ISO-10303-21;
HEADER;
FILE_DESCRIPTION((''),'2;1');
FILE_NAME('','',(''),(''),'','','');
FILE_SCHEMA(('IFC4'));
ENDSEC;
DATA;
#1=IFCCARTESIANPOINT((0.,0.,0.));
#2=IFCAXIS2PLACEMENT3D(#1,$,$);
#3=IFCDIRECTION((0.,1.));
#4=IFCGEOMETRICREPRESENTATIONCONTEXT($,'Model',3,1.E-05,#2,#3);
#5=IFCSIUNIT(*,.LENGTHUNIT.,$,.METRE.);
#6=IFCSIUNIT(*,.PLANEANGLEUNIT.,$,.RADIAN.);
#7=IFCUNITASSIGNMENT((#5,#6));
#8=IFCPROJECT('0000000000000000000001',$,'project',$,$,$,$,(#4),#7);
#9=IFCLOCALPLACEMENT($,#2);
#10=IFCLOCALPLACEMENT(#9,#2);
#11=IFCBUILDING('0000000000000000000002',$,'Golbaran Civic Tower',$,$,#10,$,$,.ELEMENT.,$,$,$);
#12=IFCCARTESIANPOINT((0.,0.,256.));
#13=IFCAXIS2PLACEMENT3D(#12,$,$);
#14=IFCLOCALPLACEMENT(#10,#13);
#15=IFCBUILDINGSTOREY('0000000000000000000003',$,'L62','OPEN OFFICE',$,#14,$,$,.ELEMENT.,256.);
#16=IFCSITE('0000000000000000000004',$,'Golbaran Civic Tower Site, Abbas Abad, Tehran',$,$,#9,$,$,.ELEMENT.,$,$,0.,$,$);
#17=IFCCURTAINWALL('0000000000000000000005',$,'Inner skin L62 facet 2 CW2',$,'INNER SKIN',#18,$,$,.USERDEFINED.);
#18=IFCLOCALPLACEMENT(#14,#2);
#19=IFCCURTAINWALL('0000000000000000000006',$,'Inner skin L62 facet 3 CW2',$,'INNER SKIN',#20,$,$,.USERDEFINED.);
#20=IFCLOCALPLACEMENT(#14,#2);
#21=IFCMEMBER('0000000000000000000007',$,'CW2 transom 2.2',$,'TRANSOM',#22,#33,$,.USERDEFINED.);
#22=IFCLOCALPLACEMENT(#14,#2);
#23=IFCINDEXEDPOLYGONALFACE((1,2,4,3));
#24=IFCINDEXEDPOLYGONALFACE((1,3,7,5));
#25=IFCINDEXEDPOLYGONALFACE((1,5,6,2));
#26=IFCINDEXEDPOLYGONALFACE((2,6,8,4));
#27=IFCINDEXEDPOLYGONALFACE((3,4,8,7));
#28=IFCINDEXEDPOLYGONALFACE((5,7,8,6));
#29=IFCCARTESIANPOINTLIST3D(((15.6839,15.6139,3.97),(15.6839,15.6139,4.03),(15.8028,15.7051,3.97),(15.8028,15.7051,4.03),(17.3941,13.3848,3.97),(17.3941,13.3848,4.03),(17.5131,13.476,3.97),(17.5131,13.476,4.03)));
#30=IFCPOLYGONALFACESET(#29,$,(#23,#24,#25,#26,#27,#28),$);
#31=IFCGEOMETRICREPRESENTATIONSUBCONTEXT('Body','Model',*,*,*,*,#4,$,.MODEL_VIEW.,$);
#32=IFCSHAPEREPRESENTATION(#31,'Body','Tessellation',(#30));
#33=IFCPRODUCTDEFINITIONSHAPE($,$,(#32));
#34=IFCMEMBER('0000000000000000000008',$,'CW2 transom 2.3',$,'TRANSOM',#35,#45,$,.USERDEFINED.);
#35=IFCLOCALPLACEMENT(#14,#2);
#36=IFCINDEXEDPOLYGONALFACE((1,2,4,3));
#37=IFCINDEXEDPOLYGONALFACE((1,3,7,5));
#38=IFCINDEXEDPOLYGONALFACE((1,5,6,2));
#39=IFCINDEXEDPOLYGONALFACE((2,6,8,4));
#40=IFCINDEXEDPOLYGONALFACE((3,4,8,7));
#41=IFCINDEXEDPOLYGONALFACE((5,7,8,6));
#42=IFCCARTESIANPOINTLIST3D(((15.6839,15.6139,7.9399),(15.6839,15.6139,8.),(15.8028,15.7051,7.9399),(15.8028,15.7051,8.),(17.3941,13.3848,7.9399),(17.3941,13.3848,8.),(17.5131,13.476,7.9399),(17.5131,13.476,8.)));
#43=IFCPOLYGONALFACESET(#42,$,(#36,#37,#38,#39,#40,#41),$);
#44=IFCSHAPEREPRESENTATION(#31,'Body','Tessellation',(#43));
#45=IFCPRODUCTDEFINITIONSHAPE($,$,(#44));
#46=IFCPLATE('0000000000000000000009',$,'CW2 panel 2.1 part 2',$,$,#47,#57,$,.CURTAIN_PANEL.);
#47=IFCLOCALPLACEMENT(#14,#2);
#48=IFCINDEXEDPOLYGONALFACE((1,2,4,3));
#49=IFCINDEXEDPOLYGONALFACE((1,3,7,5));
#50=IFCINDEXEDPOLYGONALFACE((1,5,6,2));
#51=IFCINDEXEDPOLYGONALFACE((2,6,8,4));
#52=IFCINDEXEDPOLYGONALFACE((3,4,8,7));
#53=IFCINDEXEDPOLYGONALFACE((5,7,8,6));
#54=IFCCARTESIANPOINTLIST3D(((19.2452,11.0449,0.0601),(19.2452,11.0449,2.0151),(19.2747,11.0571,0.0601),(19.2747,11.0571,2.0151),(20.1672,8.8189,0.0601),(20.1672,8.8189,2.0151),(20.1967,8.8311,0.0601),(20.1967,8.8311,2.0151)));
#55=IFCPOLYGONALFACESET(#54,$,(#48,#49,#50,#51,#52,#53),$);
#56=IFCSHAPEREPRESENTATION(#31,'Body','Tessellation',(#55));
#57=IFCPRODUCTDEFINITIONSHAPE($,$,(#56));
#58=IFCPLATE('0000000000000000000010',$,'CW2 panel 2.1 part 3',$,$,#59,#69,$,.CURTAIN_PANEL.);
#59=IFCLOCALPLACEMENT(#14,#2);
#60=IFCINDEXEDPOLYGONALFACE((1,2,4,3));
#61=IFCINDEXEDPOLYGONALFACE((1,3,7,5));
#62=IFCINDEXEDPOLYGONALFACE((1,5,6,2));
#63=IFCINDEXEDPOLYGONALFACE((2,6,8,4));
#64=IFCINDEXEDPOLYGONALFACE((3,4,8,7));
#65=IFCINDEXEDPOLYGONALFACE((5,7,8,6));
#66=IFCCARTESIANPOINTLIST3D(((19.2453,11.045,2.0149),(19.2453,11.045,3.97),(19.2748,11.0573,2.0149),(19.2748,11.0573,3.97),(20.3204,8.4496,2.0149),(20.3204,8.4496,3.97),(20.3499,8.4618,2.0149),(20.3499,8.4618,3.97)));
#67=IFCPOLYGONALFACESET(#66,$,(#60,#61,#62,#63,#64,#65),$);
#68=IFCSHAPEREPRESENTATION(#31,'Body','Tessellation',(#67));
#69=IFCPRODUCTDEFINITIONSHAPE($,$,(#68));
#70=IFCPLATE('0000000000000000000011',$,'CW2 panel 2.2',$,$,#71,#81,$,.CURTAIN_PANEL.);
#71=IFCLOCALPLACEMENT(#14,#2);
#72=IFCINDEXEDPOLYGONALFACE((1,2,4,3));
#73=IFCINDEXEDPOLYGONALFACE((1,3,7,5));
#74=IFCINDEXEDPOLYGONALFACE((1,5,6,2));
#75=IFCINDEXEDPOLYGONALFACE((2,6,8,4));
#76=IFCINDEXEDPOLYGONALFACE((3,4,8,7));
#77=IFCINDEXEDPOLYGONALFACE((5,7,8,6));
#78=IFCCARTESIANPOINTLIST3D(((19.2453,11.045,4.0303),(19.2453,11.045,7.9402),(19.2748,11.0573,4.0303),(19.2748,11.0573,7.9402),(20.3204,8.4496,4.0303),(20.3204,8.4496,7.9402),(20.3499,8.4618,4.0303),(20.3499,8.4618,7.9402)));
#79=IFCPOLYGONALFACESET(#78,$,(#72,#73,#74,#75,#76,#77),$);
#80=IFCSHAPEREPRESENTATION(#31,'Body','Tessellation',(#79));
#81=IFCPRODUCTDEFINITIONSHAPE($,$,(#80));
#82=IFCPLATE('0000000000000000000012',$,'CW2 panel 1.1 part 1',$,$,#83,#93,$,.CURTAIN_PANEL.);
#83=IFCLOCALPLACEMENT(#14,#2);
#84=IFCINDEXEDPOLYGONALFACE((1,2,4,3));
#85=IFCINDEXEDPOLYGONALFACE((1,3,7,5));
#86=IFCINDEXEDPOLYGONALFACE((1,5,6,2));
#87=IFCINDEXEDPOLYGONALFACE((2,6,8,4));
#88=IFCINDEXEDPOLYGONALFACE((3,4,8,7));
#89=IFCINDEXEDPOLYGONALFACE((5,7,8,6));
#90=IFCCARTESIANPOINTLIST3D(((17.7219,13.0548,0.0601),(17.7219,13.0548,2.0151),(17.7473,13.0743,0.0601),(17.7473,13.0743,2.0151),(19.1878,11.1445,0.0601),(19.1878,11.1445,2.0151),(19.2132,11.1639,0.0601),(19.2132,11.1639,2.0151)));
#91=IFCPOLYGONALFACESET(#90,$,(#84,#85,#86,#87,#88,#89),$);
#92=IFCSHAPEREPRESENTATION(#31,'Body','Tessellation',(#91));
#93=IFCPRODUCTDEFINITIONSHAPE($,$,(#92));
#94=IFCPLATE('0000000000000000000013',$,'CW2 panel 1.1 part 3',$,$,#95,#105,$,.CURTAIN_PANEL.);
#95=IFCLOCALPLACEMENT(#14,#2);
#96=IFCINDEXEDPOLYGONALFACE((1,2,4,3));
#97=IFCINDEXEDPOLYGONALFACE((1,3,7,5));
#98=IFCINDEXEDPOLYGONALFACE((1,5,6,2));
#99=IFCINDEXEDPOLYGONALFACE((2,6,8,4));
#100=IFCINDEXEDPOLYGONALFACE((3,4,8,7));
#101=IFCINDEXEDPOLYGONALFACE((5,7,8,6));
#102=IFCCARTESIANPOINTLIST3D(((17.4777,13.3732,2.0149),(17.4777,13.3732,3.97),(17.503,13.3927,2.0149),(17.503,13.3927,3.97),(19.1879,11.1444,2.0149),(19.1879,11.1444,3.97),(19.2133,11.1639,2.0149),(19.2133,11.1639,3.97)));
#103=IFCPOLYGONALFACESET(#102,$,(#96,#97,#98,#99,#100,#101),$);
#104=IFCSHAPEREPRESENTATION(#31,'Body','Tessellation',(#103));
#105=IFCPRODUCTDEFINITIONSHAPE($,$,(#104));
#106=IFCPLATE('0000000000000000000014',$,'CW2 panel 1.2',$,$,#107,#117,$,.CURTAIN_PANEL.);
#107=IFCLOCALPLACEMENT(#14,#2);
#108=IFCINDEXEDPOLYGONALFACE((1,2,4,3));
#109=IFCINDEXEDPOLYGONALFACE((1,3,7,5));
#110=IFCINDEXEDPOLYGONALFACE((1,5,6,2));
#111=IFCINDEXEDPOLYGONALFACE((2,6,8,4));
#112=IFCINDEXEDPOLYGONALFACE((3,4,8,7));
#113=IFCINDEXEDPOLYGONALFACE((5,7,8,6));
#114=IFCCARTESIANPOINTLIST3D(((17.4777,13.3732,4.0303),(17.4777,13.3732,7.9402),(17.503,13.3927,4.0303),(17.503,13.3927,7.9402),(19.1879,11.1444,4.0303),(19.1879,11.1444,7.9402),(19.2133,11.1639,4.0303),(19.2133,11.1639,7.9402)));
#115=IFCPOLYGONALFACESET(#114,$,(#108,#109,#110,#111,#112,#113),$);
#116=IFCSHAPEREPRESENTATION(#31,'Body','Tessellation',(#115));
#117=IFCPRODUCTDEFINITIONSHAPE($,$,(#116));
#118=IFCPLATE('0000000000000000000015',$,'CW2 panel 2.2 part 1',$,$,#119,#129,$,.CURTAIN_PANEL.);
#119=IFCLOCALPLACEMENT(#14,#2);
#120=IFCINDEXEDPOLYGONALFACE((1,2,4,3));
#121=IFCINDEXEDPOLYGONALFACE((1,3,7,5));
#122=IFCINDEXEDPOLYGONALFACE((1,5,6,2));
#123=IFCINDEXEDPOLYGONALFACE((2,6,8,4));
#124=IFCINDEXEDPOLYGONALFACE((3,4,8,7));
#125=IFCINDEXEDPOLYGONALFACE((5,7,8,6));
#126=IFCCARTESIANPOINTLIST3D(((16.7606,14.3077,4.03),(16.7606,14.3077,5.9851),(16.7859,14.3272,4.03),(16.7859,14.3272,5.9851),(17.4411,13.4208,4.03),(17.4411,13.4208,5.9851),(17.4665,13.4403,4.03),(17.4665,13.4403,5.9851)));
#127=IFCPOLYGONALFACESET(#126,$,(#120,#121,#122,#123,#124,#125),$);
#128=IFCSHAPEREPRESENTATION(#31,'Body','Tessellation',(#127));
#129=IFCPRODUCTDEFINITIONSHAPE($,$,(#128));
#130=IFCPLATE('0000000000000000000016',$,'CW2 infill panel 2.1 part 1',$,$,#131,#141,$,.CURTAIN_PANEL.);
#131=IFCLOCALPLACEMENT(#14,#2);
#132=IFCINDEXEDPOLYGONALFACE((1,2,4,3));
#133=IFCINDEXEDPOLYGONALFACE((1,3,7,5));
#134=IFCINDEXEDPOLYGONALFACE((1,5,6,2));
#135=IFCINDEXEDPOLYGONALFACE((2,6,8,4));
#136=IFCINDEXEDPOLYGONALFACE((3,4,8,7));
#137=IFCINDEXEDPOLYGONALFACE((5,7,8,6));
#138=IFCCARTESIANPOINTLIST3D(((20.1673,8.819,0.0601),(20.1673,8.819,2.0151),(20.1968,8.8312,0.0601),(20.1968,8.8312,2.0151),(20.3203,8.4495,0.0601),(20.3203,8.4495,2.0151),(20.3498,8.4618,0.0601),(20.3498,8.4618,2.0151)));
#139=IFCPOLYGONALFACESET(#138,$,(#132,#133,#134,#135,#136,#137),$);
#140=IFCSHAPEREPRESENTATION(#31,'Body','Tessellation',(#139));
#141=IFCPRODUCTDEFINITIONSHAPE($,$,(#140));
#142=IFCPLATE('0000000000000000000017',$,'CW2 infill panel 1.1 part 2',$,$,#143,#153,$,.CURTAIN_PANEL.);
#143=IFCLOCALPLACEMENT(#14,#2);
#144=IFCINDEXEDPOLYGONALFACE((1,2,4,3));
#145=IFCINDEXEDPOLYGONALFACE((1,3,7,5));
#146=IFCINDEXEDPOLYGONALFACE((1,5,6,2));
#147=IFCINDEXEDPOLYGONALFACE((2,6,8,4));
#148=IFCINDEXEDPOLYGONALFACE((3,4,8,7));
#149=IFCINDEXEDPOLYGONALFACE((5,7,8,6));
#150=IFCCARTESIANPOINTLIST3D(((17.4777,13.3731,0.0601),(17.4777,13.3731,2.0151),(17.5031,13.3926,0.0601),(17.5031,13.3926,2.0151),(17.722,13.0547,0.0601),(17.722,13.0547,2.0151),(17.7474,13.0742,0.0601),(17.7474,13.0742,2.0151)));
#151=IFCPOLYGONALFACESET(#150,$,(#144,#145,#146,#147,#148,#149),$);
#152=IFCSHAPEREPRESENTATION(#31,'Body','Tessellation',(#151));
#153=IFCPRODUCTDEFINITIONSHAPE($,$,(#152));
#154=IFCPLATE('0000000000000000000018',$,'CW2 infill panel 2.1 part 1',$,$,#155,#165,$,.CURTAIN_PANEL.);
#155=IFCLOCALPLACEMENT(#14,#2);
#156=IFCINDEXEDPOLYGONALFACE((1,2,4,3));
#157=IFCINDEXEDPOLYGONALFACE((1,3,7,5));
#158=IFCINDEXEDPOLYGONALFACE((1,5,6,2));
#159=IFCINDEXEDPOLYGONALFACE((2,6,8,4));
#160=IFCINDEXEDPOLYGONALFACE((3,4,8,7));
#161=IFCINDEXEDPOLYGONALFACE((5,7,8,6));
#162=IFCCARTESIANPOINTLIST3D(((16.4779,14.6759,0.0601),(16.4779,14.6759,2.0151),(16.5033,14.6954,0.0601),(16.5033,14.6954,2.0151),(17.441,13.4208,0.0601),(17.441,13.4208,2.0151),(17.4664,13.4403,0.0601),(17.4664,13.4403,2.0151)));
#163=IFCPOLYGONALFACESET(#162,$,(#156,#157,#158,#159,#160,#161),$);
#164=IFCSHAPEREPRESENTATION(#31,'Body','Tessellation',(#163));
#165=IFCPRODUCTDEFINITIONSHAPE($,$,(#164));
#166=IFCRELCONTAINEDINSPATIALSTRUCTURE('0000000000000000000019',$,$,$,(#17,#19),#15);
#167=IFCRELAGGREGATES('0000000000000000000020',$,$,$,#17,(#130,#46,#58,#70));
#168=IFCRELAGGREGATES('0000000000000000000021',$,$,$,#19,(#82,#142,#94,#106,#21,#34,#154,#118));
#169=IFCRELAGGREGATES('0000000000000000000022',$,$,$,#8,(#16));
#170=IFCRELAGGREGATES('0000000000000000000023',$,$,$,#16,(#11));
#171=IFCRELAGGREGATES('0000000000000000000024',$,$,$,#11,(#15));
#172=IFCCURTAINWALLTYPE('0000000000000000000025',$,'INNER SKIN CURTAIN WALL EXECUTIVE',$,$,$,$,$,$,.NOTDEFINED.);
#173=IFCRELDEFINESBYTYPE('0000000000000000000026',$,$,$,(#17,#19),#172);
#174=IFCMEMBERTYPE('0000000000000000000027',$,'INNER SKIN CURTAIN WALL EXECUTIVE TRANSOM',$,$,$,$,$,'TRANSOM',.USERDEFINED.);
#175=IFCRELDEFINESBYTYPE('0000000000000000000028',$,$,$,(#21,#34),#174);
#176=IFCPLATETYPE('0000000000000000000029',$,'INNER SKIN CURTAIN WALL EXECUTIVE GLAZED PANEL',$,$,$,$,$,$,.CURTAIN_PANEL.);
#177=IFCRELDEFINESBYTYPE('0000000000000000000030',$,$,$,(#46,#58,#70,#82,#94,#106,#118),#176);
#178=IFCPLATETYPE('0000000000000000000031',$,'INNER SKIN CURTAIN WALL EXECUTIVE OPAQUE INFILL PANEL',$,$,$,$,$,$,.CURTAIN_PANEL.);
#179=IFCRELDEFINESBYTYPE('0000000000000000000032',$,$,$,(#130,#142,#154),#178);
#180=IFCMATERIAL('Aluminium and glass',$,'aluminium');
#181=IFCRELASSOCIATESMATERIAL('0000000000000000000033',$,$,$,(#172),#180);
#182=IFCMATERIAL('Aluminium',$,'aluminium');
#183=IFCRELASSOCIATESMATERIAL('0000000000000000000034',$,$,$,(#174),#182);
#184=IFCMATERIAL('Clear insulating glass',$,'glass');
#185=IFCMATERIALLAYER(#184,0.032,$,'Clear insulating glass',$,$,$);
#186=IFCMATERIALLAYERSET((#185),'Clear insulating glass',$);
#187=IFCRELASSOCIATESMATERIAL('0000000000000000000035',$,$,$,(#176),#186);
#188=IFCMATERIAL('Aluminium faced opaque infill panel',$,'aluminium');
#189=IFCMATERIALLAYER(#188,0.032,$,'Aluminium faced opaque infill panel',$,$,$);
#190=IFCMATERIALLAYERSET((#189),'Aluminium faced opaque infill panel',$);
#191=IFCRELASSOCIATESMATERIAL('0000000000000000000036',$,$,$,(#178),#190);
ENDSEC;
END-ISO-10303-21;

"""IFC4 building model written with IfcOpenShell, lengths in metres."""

from ifc_helpers import new_model, si_unit, direction, frame, origin, origin_2d, place, context, subcontext, project, spatial, rectangle, extrude, material, layer, layer_set, material_profile, profile_set, type_object, element, aggregate, save


model = new_model("IFC4")

# Units and contexts
model_context = context("Model", 3, precision=1e-05, world=origin(), true_north=direction((0.0, 1.0)))
body_context = subcontext(model_context, "Body", "Model", "MODEL_VIEW")
ifc_project = project(units=[si_unit("LENGTHUNIT", "METRE"), si_unit("PLANEANGLEUNIT", "RADIAN")], contexts=[model_context])

# Site, building, storey
site_placement = place(None, origin())
site = spatial("IfcSite", under=ifc_project, at=site_placement, Name="Golbaran Civic Tower Site, Abbas Abad, Tehran", CompositionType="ELEMENT", RefElevation=0.0)
building_placement = place(site_placement, origin())
building = spatial("IfcBuilding", under=site, at=building_placement, Name="Golbaran Civic Tower", CompositionType="ELEMENT")
storey_placement = place(building_placement, frame((0.0, 0.0, 256.0)))
storey = spatial("IfcBuildingStorey", under=building, at=storey_placement, Name="L62", Description="OPEN OFFICE", CompositionType="ELEMENT", Elevation=256.0)

# Curtain wall
ifc_material_1 = material(Name="Aluminium and glass", Category="aluminium")
curtain_wall_type = type_object("IfcCurtainWallType", Name="INNER SKIN CURTAIN WALL EXECUTIVE", PredefinedType="NOTDEFINED", material=ifc_material_1)
curtain_wall_1_placement = place(storey_placement, origin())
curtain_wall_1 = element("IfcCurtainWall", 1, at=curtain_wall_1_placement, inside=storey, type_object=curtain_wall_type, Name="Inner skin L62 facet 2 CW2", ObjectType="INNER SKIN", PredefinedType="USERDEFINED")
ifc_material_2 = material(Name="Aluminium", Category="aluminium")

# Curtain wall, members
curtain_wall_2_placement = place(storey_placement, origin())
curtain_wall_2 = element("IfcCurtainWall", 2, at=curtain_wall_2_placement, inside=storey, type_object=curtain_wall_type, Name="Inner skin L62 facet 3 CW2", ObjectType="INNER SKIN", PredefinedType="USERDEFINED")
ifc_material_profile_1 = material_profile(ifc_material_2, rectangle(XDim=0.1499, YDim=0.0601, at=origin_2d()), Name="INNER SKIN CURTAIN WALL EXECUTIVE TRANSOM")
ifc_profile_set_1 = profile_set([ifc_material_profile_1], Name="Aluminium")
member_type_1 = type_object("IfcMemberType", Name="INNER SKIN CURTAIN WALL EXECUTIVE TRANSOM", ElementType="TRANSOM", PredefinedType="USERDEFINED", material=ifc_profile_set_1)
member_1_placement = place(storey_placement, frame((17.4536, 13.4304, 4.0), z_axis=(-0.608723, 0.793383, 0.0), x_axis=(-0.793383, -0.608723, 0.0)))
member_1 = element("IfcMember", 3, at=member_1_placement, type_object=member_type_1, Name="CW2 transom 2.2", ObjectType="TRANSOM", PredefinedType="USERDEFINED", context=body_context, shape_type="SweptSolid", body=[
    extrude(rectangle(XDim=0.1499, YDim=0.0601, at=origin_2d()), origin(), (0.0, 0.0, 1.0), 2.8096),
])
member_2_placement = place(storey_placement, frame((17.4536, 13.4304, 7.97), z_axis=(-0.608723, 0.793383, 0.0), x_axis=(-0.793383, -0.608723, 0.0)))
member_2 = element("IfcMember", 4, at=member_2_placement, type_object=member_type_1, Name="CW2 transom 2.3", ObjectType="TRANSOM", PredefinedType="USERDEFINED", context=body_context, shape_type="SweptSolid", body=[
    extrude(rectangle(XDim=0.1499, YDim=0.0601, at=origin_2d()), origin(), (0.0, 0.0, 1.0), 2.8096),
])

# Plates
ifc_material_3 = material(Name="Clear insulating glass", Category="glass")
ifc_layer_1 = layer(ifc_material_3, 0.032, Name="Clear insulating glass")
ifc_layer_set_1 = layer_set([ifc_layer_1], Name="Clear insulating glass")
plate_type_1 = type_object("IfcPlateType", Name="INNER SKIN CURTAIN WALL EXECUTIVE GLAZED PANEL", PredefinedType="CURTAIN_PANEL", material=ifc_layer_set_1)
plate_1_placement = place(storey_placement, frame((19.7209, 9.938, 0.0601), z_axis=(0.0, 0.0, 1.0), x_axis=(-0.382683, 0.92388, 0.0)))
plate_1 = element("IfcPlate", 5, at=plate_1_placement, type_object=plate_type_1, Name="CW2 panel 2.1 part 2", PredefinedType="CURTAIN_PANEL", context=body_context, shape_type="SweptSolid", body=[
    extrude(rectangle(XDim=2.4094, YDim=0.032, at=origin_2d()), origin(), (0.0, 0.0, 1.0), 1.9551),
])
plate_2_placement = place(storey_placement, frame((19.7976, 9.7534, 2.0149), z_axis=(0.0, 0.0, 1.0), x_axis=(-0.382683, 0.92388, 0.0)))
plate_2 = element("IfcPlate", 6, at=plate_2_placement, type_object=plate_type_1, Name="CW2 panel 2.1 part 3", PredefinedType="CURTAIN_PANEL", context=body_context, shape_type="SweptSolid", body=[
    extrude(rectangle(XDim=2.8093, YDim=0.032, at=origin_2d()), origin(), (0.0, 0.0, 1.0), 1.9551),
])
plate_3_placement = place(storey_placement, frame((19.7976, 9.7534, 4.0303), z_axis=(0.0, 0.0, 1.0), x_axis=(-0.382683, 0.92388, 0.0)))
plate_3 = element("IfcPlate", 7, at=plate_3_placement, type_object=plate_type_1, Name="CW2 panel 2.2", PredefinedType="CURTAIN_PANEL", context=body_context, shape_type="SweptSolid", body=[
    extrude(rectangle(XDim=2.8093, YDim=0.032, at=origin_2d()), origin(), (0.0, 0.0, 1.0), 3.9099),
])
plate_4_placement = place(storey_placement, frame((18.4675, 12.1094, 0.0601), z_axis=(0.0, 0.0, 1.0), x_axis=(-0.608761, 0.793353, 0.0)))
plate_4 = element("IfcPlate", 8, at=plate_4_placement, type_object=plate_type_1, Name="CW2 panel 1.1 part 1", PredefinedType="CURTAIN_PANEL", context=body_context, shape_type="SweptSolid", body=[
    extrude(rectangle(XDim=2.408, YDim=0.032, at=origin_2d()), origin(), (0.0, 0.0, 1.0), 1.9551),
])
plate_5_placement = place(storey_placement, frame((18.3455, 12.2686, 2.0149), z_axis=(0.0, 0.0, 1.0), x_axis=(-0.608761, 0.793353, 0.0)))
plate_5 = element("IfcPlate", 9, at=plate_5_placement, type_object=plate_type_1, Name="CW2 panel 1.1 part 3", PredefinedType="CURTAIN_PANEL", context=body_context, shape_type="SweptSolid", body=[
    extrude(rectangle(XDim=2.8093, YDim=0.032, at=origin_2d()), origin(), (0.0, 0.0, 1.0), 1.9551),
])
plate_6_placement = place(storey_placement, frame((18.3455, 12.2686, 4.0303), z_axis=(0.0, 0.0, 1.0), x_axis=(-0.608761, 0.793353, 0.0)))
plate_6 = element("IfcPlate", 10, at=plate_6_placement, type_object=plate_type_1, Name="CW2 panel 1.2", PredefinedType="CURTAIN_PANEL", context=body_context, shape_type="SweptSolid", body=[
    extrude(rectangle(XDim=2.8093, YDim=0.032, at=origin_2d()), origin(), (0.0, 0.0, 1.0), 3.9099),
])
plate_7_placement = place(storey_placement, frame((17.1135, 13.874, 4.03), z_axis=(0.0, 0.0, 1.0), x_axis=(-0.608761, 0.793353, 0.0)))
plate_7 = element("IfcPlate", 11, at=plate_7_placement, type_object=plate_type_1, Name="CW2 panel 2.2 part 1", PredefinedType="CURTAIN_PANEL", context=body_context, shape_type="SweptSolid", body=[
    extrude(rectangle(XDim=1.1179, YDim=0.032, at=origin_2d()), origin(), (0.0, 0.0, 1.0), 1.9551),
])
ifc_material_4 = material(Name="Aluminium faced opaque infill panel", Category="aluminium")
ifc_layer_2 = layer(ifc_material_4, 0.032, Name="Aluminium faced opaque infill panel")
ifc_layer_set_2 = layer_set([ifc_layer_2], Name="Aluminium faced opaque infill panel")
plate_type_2 = type_object("IfcPlateType", Name="INNER SKIN CURTAIN WALL EXECUTIVE OPAQUE INFILL PANEL", PredefinedType="CURTAIN_PANEL", material=ifc_layer_set_2)
plate_8_placement = place(storey_placement, frame((20.2585, 8.6404, 0.0601), z_axis=(0.0, 0.0, 1.0), x_axis=(-0.382683, 0.92388, 0.0)))
plate_8 = element("IfcPlate", 12, at=plate_8_placement, type_object=plate_type_2, Name="CW2 infill panel 2.1 part 1", PredefinedType="CURTAIN_PANEL", context=body_context, shape_type="SweptSolid", body=[
    extrude(rectangle(XDim=0.3999, YDim=0.032, at=origin_2d()), origin(), (0.0, 0.0, 1.0), 1.9551),
])
aggregate(curtain_wall_1, [plate_8, plate_1, plate_2, plate_3])
plate_9_placement = place(storey_placement, frame((17.6125, 13.2236, 0.0601), z_axis=(0.0, 0.0, 1.0), x_axis=(-0.608761, 0.793353, 0.0)))
plate_9 = element("IfcPlate", 13, at=plate_9_placement, type_object=plate_type_2, Name="CW2 infill panel 1.1 part 2", PredefinedType="CURTAIN_PANEL", context=body_context, shape_type="SweptSolid", body=[
    extrude(rectangle(XDim=0.4014, YDim=0.032, at=origin_2d()), origin(), (0.0, 0.0, 1.0), 1.9551),
])
plate_10_placement = place(storey_placement, frame((16.9722, 14.0581, 0.0601), z_axis=(0.0, 0.0, 1.0), x_axis=(-0.608761, 0.793353, 0.0)))
plate_10 = element("IfcPlate", 14, at=plate_10_placement, type_object=plate_type_2, Name="CW2 infill panel 2.1 part 1", PredefinedType="CURTAIN_PANEL", context=body_context, shape_type="SweptSolid", body=[
    extrude(rectangle(XDim=1.582, YDim=0.032, at=origin_2d()), origin(), (0.0, 0.0, 1.0), 1.9551),
])
aggregate(curtain_wall_2, [plate_4, plate_9, plate_5, plate_6, member_1, member_2, plate_10, plate_7])

save(model, "model.ifc")
